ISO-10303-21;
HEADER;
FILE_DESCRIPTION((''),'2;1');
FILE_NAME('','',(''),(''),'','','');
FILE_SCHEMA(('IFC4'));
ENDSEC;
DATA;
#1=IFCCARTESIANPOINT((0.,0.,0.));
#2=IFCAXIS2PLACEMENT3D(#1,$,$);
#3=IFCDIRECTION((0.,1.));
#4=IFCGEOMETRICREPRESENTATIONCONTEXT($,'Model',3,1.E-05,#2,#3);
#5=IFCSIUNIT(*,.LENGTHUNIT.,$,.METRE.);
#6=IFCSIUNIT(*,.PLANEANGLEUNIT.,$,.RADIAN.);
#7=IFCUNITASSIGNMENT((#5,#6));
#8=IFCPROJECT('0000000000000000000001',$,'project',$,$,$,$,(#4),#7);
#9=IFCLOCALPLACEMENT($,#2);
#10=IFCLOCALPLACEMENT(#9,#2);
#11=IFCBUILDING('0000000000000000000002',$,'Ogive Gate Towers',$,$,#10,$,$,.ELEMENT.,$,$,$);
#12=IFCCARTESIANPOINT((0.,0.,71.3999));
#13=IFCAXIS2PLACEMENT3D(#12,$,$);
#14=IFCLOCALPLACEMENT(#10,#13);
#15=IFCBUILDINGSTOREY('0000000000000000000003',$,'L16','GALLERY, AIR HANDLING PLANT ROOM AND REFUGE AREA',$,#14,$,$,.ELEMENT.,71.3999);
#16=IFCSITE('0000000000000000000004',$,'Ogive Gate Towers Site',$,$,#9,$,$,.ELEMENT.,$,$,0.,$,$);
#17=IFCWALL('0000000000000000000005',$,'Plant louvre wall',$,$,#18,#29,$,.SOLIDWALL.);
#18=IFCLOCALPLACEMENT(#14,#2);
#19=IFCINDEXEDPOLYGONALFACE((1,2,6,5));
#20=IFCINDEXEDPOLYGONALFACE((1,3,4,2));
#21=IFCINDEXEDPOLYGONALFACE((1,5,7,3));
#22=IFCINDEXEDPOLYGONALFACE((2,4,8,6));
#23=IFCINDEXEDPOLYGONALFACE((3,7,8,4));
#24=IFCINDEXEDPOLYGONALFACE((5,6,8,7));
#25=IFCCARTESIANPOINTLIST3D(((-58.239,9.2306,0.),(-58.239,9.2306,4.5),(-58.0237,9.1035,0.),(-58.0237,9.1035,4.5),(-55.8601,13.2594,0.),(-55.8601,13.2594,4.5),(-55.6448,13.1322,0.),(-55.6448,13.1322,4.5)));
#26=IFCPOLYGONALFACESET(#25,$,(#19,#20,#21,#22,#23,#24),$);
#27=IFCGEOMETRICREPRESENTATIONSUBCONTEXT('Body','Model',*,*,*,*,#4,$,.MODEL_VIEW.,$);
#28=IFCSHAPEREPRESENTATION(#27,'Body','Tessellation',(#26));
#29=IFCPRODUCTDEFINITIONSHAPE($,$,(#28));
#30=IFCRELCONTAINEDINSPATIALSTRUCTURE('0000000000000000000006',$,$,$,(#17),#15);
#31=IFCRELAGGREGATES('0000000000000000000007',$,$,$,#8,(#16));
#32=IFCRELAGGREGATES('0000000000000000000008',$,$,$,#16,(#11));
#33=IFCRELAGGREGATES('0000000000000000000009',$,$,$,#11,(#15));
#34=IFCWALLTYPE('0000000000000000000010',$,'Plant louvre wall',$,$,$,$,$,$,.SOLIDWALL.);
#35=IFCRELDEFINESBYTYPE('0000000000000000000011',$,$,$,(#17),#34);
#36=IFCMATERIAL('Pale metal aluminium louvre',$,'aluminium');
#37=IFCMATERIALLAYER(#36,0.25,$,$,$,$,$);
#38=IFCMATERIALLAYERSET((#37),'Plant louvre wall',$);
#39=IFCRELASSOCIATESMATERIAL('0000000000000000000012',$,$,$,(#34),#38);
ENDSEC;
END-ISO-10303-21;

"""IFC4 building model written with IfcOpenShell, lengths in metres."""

from ifc_helpers import new_model, si_unit, direction, frame, frame_2d, origin, place, context, subcontext, project, spatial, rectangle, extrude, material, layer, layer_set, type_object, element, save


model = new_model("IFC4")

# Units and contexts
model_context = context("Model", 3, precision=1e-05, world=origin(), true_north=direction((0.0, 1.0)))
body_context = subcontext(model_context, "Body", "Model", "MODEL_VIEW")
ifc_project = project(units=[si_unit("LENGTHUNIT", "METRE"), si_unit("PLANEANGLEUNIT", "RADIAN")], contexts=[model_context])

# Site, building, storey
site_placement = place(None, origin())
site = spatial("IfcSite", under=ifc_project, at=site_placement, Name="Ogive Gate Towers Site", CompositionType="ELEMENT", RefElevation=0.0)
building_placement = place(site_placement, origin())
building = spatial("IfcBuilding", under=site, at=building_placement, Name="Ogive Gate Towers", CompositionType="ELEMENT")
storey_placement = place(building_placement, frame((0.0, 0.0, 71.3999)))
storey = spatial("IfcBuildingStorey", under=building, at=storey_placement, Name="L16", Description="GALLERY, AIR HANDLING PLANT ROOM AND REFUGE AREA", CompositionType="ELEMENT", Elevation=71.3999)

# Wall
ifc_material_1 = material(Name="Pale metal aluminium louvre", Category="aluminium")
ifc_layer_1 = layer(ifc_material_1, 0.25)
ifc_layer_set_1 = layer_set([ifc_layer_1], Name="Plant louvre wall")
wall_type_1 = type_object("IfcWallType", Name="Plant louvre wall", PredefinedType="SOLIDWALL", material=ifc_layer_set_1)
wall_1_placement = place(storey_placement, frame((-55.7524, 13.1958, 0.0), z_axis=(0.0, 0.0, 1.0), x_axis=(-0.508452, -0.861091, 0.0)))
element("IfcWall", 1, at=wall_1_placement, inside=storey, type_object=wall_type_1, Name="Plant louvre wall", PredefinedType="SOLIDWALL", context=body_context, shape_type="SweptSolid", body=[
    extrude(rectangle(XDim=4.6787, YDim=0.25, at=frame_2d((2.3394, 0.0))), origin(), (0.0, 0.0, 1.0), 4.5),
])

save(model, "model.ifc")
